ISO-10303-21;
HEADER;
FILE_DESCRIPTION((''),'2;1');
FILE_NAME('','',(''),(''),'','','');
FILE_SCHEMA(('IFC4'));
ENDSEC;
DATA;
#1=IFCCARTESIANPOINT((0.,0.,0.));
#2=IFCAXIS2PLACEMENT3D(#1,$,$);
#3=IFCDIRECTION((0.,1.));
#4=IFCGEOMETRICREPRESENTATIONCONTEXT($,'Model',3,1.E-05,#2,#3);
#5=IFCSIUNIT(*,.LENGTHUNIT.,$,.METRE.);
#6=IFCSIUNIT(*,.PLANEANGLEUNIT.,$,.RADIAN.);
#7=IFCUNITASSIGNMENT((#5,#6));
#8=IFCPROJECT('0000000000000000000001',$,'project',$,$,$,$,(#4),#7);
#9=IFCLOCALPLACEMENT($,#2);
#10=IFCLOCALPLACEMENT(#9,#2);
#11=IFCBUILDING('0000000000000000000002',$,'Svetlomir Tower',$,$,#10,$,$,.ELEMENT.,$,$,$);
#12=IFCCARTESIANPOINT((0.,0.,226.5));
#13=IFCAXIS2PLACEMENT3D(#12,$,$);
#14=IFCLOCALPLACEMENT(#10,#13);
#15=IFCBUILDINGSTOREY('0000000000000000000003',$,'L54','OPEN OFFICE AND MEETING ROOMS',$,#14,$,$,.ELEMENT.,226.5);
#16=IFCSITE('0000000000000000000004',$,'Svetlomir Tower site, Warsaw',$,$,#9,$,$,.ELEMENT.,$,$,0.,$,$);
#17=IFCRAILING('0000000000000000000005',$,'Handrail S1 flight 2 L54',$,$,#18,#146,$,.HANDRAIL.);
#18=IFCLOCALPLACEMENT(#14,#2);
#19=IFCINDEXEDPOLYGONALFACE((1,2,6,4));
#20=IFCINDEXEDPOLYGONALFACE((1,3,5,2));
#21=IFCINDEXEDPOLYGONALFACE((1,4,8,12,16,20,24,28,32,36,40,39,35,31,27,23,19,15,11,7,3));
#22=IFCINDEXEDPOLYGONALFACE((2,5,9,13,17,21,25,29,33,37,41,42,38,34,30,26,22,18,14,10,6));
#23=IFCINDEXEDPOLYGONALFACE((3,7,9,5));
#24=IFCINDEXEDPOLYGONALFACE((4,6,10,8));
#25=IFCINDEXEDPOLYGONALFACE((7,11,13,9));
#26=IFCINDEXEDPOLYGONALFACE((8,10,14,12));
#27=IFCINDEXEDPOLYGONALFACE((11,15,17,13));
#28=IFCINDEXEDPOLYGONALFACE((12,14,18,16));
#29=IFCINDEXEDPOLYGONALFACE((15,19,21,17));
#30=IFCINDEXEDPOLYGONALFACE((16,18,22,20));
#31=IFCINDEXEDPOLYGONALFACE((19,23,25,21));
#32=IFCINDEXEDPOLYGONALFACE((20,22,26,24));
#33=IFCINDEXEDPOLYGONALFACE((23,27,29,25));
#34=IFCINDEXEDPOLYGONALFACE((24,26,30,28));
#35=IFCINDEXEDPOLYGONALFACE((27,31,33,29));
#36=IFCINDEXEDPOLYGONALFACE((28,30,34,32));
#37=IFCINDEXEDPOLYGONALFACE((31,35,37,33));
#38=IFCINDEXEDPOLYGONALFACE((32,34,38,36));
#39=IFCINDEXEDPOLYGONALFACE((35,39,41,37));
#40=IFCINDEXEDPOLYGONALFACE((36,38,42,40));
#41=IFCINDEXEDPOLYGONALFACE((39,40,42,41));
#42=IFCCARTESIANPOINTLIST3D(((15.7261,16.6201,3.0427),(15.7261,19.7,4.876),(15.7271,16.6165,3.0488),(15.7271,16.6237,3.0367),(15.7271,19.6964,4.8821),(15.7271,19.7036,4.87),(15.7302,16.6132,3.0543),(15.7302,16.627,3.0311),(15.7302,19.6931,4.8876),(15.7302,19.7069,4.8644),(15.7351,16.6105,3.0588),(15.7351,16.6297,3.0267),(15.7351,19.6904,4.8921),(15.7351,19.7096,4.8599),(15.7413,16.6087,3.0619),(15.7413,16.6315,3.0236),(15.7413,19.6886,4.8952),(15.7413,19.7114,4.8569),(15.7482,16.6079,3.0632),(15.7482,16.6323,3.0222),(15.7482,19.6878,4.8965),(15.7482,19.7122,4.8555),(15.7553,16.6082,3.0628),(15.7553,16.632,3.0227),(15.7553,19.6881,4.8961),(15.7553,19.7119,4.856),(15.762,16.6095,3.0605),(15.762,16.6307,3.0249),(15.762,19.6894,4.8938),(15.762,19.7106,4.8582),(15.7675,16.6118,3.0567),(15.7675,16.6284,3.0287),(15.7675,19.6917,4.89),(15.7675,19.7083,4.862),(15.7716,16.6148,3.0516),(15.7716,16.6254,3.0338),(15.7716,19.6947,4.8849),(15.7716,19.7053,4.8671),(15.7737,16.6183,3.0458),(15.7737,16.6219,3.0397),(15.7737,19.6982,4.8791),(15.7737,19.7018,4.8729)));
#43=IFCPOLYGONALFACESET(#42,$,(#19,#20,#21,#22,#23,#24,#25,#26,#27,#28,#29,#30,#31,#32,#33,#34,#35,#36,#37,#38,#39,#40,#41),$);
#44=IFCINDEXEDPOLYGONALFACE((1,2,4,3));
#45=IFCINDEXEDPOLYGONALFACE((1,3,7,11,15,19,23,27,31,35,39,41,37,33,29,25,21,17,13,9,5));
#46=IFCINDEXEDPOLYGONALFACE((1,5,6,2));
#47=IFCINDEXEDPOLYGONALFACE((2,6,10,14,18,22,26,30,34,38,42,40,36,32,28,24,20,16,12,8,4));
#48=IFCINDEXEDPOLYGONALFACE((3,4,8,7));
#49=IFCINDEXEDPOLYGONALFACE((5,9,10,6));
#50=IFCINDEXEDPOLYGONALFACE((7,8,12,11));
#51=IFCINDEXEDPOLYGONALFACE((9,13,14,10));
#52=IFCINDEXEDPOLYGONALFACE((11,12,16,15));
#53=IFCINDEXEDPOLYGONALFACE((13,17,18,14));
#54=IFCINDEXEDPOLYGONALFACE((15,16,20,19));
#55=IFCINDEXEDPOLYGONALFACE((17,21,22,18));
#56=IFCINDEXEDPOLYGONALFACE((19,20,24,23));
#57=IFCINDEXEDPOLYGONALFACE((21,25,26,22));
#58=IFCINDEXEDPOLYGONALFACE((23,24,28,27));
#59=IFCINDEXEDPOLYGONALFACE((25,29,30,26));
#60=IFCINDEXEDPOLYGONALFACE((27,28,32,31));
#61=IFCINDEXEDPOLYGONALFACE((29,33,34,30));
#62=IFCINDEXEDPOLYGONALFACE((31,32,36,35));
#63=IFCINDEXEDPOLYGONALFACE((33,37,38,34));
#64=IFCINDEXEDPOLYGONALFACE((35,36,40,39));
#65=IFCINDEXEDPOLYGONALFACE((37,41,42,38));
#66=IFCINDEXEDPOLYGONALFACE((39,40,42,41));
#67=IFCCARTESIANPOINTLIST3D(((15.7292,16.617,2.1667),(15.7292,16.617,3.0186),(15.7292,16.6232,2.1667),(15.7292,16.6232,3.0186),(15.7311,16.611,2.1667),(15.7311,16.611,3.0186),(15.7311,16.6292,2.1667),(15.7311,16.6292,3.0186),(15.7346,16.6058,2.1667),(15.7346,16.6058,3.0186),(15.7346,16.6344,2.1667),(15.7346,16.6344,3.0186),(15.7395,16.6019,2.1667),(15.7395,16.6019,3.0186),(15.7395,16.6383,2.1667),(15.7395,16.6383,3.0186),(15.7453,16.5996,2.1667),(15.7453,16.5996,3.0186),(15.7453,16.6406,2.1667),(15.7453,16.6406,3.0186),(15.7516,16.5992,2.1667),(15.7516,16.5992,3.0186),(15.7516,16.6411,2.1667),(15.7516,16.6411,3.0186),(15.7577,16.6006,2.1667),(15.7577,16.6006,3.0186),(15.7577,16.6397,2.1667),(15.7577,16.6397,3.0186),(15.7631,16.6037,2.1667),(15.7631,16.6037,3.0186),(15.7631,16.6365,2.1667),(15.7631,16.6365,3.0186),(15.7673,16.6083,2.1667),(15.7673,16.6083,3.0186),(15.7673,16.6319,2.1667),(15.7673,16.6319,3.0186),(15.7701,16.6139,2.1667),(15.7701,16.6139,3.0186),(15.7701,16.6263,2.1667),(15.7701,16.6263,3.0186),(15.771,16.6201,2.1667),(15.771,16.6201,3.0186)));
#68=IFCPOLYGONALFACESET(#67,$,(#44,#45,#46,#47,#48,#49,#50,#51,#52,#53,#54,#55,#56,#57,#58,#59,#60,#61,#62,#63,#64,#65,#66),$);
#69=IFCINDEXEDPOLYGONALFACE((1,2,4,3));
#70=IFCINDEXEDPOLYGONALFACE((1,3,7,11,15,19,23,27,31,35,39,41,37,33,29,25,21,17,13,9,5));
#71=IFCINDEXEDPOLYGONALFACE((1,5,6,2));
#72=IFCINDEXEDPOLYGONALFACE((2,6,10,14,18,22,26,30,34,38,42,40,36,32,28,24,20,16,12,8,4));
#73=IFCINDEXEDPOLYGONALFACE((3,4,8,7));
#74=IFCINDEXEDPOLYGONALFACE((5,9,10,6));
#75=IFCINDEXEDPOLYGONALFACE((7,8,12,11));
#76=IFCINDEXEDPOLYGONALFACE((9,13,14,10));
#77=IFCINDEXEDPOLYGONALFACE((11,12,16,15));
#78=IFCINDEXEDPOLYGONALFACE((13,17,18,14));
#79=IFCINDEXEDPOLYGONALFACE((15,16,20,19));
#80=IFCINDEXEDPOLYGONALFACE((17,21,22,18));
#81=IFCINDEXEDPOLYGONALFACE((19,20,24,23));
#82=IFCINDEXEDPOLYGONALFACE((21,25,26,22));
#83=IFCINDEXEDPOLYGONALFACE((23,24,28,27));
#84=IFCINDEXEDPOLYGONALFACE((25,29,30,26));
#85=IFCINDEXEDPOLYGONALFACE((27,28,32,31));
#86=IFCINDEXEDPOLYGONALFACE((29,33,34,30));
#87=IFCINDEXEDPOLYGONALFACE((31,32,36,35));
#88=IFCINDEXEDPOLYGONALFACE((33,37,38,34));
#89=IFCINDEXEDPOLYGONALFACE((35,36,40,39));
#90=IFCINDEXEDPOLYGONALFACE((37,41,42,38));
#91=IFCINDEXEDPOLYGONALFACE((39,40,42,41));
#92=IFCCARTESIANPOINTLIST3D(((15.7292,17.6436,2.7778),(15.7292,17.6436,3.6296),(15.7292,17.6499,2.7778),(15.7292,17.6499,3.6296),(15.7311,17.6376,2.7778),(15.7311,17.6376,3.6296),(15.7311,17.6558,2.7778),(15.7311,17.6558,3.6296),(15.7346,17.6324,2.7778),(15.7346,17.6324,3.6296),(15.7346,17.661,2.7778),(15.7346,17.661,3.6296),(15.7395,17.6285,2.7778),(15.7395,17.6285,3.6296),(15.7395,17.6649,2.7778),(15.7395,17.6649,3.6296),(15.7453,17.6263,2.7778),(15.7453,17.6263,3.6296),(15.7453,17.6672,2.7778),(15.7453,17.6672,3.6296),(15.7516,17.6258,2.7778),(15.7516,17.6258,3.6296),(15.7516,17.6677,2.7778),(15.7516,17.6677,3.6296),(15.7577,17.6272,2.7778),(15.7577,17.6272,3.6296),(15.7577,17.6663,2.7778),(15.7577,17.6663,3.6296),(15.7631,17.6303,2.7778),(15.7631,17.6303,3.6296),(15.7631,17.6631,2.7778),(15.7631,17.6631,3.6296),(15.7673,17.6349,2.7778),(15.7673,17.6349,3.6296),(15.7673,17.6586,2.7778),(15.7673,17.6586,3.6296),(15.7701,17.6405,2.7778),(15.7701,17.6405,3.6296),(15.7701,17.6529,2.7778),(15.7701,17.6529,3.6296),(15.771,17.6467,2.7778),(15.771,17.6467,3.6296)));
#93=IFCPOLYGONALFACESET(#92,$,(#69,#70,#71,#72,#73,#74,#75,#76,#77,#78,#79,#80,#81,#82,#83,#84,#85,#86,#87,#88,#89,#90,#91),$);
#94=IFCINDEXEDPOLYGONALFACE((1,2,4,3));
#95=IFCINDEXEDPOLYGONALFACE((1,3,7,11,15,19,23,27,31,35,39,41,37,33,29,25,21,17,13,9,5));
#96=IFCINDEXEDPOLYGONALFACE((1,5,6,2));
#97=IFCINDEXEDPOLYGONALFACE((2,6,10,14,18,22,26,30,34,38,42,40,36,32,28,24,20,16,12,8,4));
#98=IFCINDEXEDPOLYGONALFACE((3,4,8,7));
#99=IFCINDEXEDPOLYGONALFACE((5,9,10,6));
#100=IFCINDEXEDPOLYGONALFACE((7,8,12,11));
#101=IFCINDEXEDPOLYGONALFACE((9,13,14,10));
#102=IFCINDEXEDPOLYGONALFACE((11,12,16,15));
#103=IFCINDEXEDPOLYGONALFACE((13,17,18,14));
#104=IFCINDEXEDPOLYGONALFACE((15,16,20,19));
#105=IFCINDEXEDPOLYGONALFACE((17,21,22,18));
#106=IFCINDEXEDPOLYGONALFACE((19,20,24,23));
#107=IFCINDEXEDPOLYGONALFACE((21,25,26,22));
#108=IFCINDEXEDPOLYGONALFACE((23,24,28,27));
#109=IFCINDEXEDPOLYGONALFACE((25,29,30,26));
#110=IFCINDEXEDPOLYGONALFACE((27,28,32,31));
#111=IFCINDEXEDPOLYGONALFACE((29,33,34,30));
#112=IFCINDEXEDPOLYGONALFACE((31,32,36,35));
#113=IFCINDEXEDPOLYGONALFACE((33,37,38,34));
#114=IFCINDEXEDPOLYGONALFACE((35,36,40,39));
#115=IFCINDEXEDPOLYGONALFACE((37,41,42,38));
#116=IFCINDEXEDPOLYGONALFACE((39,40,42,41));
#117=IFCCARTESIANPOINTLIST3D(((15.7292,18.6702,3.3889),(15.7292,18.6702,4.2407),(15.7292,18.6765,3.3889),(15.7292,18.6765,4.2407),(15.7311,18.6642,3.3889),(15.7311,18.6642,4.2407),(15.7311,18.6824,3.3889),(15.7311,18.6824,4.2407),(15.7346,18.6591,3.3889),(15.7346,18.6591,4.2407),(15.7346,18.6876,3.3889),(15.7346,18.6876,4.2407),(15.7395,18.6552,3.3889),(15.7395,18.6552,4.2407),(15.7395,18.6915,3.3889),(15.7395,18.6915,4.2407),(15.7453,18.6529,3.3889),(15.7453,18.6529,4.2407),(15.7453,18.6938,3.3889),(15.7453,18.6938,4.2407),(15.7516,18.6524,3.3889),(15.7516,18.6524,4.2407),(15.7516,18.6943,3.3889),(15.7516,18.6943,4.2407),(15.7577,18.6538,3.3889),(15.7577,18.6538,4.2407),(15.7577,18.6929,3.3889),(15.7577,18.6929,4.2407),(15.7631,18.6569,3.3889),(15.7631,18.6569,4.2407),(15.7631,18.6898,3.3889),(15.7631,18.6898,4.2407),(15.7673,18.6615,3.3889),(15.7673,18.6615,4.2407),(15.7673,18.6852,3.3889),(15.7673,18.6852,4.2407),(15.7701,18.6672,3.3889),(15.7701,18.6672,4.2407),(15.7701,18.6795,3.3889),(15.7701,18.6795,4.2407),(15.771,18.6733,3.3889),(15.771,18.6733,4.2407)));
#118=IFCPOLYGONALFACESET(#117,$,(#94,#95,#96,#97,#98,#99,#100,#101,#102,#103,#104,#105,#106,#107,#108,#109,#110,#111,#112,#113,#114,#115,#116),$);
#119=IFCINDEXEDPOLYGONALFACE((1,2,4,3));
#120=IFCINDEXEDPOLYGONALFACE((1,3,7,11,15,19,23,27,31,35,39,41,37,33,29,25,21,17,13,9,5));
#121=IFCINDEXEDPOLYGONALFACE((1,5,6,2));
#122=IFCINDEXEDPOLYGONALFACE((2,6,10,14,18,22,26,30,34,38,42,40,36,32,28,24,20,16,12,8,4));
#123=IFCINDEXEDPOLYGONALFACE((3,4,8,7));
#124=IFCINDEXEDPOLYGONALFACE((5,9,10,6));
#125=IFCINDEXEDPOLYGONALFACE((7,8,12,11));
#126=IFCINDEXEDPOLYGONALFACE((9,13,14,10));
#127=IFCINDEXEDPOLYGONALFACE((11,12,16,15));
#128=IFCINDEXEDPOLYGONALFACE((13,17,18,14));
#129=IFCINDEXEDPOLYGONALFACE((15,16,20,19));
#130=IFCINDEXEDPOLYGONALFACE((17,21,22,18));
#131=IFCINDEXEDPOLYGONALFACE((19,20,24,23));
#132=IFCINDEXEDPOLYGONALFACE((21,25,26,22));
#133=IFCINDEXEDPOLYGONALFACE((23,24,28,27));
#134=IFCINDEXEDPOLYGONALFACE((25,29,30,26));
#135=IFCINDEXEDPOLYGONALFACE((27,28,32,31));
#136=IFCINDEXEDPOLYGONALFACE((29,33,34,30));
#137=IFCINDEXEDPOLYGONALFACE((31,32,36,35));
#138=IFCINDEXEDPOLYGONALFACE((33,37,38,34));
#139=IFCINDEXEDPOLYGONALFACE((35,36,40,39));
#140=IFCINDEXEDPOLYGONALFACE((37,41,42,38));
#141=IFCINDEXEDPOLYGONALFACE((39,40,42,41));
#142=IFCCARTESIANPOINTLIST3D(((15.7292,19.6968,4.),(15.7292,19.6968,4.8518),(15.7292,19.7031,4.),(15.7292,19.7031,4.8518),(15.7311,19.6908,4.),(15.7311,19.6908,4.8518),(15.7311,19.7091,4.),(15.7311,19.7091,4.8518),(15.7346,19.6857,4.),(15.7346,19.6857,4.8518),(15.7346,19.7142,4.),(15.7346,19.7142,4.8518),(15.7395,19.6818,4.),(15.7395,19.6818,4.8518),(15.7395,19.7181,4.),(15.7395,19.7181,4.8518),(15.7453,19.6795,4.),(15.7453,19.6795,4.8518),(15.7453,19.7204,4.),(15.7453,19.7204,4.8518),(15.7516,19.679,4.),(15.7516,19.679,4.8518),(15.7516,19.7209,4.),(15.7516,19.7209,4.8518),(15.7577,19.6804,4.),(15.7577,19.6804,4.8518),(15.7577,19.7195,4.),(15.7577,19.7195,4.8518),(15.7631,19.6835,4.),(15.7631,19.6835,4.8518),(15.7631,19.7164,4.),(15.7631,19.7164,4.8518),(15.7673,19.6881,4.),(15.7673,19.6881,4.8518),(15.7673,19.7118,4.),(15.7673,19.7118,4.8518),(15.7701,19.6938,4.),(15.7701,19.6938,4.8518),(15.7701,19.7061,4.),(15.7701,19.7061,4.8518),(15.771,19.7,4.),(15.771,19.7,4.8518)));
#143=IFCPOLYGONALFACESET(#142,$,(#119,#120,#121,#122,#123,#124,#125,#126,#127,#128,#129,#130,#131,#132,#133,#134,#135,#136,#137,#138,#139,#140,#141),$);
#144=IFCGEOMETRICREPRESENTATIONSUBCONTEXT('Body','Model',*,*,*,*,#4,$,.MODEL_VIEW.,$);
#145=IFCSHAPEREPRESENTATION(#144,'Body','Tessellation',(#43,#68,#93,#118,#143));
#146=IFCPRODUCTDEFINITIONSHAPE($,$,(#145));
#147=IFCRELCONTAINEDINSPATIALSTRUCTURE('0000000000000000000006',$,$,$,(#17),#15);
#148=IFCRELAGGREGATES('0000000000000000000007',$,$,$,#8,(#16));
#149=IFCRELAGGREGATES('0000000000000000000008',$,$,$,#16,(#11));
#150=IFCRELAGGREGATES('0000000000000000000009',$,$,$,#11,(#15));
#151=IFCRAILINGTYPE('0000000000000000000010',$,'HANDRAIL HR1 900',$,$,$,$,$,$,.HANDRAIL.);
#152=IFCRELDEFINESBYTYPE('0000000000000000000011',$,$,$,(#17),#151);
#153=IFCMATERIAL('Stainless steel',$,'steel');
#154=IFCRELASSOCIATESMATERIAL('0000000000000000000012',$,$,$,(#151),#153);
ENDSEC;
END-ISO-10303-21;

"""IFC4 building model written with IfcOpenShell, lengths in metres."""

from ifc_helpers import new_model, si_unit, direction, frame, origin, origin_2d, place, context, subcontext, project, spatial, circle, extrude, material, type_object, element, save


model = new_model("IFC4")

# Units and contexts
model_context = context("Model", 3, precision=1e-05, world=origin(), true_north=direction((0.0, 1.0)))
body_context = subcontext(model_context, "Body", "Model", "MODEL_VIEW")
ifc_project = project(units=[si_unit("LENGTHUNIT", "METRE"), si_unit("PLANEANGLEUNIT", "RADIAN")], contexts=[model_context])

# Site, building, storey
site_placement = place(None, origin())
site = spatial("IfcSite", under=ifc_project, at=site_placement, Name="Svetlomir Tower site, Warsaw", CompositionType="ELEMENT", RefElevation=0.0)
building_placement = place(site_placement, origin())
building = spatial("IfcBuilding", under=site, at=building_placement, Name="Svetlomir Tower", CompositionType="ELEMENT")
storey_placement = place(building_placement, frame((0.0, 0.0, 226.5)))
storey = spatial("IfcBuildingStorey", under=building, at=storey_placement, Name="L54", Description="OPEN OFFICE AND MEETING ROOMS", CompositionType="ELEMENT", Elevation=226.5)

# Railing
ifc_material_1 = material(Name="Stainless steel", Category="steel")
railing_type = type_object("IfcRailingType", Name="HANDRAIL HR1 900", PredefinedType="HANDRAIL", material=ifc_material_1)
railing_1_placement = place(storey_placement, frame((15.75, 16.6201, 2.1667)))
element("IfcRailing", 1, at=railing_1_placement, inside=storey, type_object=railing_type, Name="Handrail S1 flight 2 L54", PredefinedType="HANDRAIL", context=body_context, shape_type="SweptSolid", body=[
    extrude(circle(Radius=0.0239, at=origin_2d()), frame((0.0, 0.0, 0.876), z_axis=(0.0, 0.859291, 0.511487), x_axis=(-1.0, 0.0, 0.0)), (0.0, 0.0, 1.0), 3.5842),
    extrude(circle(Radius=0.021, at=origin_2d()), origin(), (0.0, 0.0, 1.0), 0.8518),
    extrude(circle(Radius=0.021, at=origin_2d()), frame((0.0, 1.0266, 0.6111)), (0.0, 0.0, 1.0), 0.8518),
    extrude(circle(Radius=0.021, at=origin_2d()), frame((0.0, 2.0532, 1.2222)), (0.0, 0.0, 1.0), 0.8518),
    extrude(circle(Radius=0.021, at=origin_2d()), frame((0.0, 3.0798, 1.8333)), (0.0, 0.0, 1.0), 0.8518),
])

save(model, "model.ifc")
